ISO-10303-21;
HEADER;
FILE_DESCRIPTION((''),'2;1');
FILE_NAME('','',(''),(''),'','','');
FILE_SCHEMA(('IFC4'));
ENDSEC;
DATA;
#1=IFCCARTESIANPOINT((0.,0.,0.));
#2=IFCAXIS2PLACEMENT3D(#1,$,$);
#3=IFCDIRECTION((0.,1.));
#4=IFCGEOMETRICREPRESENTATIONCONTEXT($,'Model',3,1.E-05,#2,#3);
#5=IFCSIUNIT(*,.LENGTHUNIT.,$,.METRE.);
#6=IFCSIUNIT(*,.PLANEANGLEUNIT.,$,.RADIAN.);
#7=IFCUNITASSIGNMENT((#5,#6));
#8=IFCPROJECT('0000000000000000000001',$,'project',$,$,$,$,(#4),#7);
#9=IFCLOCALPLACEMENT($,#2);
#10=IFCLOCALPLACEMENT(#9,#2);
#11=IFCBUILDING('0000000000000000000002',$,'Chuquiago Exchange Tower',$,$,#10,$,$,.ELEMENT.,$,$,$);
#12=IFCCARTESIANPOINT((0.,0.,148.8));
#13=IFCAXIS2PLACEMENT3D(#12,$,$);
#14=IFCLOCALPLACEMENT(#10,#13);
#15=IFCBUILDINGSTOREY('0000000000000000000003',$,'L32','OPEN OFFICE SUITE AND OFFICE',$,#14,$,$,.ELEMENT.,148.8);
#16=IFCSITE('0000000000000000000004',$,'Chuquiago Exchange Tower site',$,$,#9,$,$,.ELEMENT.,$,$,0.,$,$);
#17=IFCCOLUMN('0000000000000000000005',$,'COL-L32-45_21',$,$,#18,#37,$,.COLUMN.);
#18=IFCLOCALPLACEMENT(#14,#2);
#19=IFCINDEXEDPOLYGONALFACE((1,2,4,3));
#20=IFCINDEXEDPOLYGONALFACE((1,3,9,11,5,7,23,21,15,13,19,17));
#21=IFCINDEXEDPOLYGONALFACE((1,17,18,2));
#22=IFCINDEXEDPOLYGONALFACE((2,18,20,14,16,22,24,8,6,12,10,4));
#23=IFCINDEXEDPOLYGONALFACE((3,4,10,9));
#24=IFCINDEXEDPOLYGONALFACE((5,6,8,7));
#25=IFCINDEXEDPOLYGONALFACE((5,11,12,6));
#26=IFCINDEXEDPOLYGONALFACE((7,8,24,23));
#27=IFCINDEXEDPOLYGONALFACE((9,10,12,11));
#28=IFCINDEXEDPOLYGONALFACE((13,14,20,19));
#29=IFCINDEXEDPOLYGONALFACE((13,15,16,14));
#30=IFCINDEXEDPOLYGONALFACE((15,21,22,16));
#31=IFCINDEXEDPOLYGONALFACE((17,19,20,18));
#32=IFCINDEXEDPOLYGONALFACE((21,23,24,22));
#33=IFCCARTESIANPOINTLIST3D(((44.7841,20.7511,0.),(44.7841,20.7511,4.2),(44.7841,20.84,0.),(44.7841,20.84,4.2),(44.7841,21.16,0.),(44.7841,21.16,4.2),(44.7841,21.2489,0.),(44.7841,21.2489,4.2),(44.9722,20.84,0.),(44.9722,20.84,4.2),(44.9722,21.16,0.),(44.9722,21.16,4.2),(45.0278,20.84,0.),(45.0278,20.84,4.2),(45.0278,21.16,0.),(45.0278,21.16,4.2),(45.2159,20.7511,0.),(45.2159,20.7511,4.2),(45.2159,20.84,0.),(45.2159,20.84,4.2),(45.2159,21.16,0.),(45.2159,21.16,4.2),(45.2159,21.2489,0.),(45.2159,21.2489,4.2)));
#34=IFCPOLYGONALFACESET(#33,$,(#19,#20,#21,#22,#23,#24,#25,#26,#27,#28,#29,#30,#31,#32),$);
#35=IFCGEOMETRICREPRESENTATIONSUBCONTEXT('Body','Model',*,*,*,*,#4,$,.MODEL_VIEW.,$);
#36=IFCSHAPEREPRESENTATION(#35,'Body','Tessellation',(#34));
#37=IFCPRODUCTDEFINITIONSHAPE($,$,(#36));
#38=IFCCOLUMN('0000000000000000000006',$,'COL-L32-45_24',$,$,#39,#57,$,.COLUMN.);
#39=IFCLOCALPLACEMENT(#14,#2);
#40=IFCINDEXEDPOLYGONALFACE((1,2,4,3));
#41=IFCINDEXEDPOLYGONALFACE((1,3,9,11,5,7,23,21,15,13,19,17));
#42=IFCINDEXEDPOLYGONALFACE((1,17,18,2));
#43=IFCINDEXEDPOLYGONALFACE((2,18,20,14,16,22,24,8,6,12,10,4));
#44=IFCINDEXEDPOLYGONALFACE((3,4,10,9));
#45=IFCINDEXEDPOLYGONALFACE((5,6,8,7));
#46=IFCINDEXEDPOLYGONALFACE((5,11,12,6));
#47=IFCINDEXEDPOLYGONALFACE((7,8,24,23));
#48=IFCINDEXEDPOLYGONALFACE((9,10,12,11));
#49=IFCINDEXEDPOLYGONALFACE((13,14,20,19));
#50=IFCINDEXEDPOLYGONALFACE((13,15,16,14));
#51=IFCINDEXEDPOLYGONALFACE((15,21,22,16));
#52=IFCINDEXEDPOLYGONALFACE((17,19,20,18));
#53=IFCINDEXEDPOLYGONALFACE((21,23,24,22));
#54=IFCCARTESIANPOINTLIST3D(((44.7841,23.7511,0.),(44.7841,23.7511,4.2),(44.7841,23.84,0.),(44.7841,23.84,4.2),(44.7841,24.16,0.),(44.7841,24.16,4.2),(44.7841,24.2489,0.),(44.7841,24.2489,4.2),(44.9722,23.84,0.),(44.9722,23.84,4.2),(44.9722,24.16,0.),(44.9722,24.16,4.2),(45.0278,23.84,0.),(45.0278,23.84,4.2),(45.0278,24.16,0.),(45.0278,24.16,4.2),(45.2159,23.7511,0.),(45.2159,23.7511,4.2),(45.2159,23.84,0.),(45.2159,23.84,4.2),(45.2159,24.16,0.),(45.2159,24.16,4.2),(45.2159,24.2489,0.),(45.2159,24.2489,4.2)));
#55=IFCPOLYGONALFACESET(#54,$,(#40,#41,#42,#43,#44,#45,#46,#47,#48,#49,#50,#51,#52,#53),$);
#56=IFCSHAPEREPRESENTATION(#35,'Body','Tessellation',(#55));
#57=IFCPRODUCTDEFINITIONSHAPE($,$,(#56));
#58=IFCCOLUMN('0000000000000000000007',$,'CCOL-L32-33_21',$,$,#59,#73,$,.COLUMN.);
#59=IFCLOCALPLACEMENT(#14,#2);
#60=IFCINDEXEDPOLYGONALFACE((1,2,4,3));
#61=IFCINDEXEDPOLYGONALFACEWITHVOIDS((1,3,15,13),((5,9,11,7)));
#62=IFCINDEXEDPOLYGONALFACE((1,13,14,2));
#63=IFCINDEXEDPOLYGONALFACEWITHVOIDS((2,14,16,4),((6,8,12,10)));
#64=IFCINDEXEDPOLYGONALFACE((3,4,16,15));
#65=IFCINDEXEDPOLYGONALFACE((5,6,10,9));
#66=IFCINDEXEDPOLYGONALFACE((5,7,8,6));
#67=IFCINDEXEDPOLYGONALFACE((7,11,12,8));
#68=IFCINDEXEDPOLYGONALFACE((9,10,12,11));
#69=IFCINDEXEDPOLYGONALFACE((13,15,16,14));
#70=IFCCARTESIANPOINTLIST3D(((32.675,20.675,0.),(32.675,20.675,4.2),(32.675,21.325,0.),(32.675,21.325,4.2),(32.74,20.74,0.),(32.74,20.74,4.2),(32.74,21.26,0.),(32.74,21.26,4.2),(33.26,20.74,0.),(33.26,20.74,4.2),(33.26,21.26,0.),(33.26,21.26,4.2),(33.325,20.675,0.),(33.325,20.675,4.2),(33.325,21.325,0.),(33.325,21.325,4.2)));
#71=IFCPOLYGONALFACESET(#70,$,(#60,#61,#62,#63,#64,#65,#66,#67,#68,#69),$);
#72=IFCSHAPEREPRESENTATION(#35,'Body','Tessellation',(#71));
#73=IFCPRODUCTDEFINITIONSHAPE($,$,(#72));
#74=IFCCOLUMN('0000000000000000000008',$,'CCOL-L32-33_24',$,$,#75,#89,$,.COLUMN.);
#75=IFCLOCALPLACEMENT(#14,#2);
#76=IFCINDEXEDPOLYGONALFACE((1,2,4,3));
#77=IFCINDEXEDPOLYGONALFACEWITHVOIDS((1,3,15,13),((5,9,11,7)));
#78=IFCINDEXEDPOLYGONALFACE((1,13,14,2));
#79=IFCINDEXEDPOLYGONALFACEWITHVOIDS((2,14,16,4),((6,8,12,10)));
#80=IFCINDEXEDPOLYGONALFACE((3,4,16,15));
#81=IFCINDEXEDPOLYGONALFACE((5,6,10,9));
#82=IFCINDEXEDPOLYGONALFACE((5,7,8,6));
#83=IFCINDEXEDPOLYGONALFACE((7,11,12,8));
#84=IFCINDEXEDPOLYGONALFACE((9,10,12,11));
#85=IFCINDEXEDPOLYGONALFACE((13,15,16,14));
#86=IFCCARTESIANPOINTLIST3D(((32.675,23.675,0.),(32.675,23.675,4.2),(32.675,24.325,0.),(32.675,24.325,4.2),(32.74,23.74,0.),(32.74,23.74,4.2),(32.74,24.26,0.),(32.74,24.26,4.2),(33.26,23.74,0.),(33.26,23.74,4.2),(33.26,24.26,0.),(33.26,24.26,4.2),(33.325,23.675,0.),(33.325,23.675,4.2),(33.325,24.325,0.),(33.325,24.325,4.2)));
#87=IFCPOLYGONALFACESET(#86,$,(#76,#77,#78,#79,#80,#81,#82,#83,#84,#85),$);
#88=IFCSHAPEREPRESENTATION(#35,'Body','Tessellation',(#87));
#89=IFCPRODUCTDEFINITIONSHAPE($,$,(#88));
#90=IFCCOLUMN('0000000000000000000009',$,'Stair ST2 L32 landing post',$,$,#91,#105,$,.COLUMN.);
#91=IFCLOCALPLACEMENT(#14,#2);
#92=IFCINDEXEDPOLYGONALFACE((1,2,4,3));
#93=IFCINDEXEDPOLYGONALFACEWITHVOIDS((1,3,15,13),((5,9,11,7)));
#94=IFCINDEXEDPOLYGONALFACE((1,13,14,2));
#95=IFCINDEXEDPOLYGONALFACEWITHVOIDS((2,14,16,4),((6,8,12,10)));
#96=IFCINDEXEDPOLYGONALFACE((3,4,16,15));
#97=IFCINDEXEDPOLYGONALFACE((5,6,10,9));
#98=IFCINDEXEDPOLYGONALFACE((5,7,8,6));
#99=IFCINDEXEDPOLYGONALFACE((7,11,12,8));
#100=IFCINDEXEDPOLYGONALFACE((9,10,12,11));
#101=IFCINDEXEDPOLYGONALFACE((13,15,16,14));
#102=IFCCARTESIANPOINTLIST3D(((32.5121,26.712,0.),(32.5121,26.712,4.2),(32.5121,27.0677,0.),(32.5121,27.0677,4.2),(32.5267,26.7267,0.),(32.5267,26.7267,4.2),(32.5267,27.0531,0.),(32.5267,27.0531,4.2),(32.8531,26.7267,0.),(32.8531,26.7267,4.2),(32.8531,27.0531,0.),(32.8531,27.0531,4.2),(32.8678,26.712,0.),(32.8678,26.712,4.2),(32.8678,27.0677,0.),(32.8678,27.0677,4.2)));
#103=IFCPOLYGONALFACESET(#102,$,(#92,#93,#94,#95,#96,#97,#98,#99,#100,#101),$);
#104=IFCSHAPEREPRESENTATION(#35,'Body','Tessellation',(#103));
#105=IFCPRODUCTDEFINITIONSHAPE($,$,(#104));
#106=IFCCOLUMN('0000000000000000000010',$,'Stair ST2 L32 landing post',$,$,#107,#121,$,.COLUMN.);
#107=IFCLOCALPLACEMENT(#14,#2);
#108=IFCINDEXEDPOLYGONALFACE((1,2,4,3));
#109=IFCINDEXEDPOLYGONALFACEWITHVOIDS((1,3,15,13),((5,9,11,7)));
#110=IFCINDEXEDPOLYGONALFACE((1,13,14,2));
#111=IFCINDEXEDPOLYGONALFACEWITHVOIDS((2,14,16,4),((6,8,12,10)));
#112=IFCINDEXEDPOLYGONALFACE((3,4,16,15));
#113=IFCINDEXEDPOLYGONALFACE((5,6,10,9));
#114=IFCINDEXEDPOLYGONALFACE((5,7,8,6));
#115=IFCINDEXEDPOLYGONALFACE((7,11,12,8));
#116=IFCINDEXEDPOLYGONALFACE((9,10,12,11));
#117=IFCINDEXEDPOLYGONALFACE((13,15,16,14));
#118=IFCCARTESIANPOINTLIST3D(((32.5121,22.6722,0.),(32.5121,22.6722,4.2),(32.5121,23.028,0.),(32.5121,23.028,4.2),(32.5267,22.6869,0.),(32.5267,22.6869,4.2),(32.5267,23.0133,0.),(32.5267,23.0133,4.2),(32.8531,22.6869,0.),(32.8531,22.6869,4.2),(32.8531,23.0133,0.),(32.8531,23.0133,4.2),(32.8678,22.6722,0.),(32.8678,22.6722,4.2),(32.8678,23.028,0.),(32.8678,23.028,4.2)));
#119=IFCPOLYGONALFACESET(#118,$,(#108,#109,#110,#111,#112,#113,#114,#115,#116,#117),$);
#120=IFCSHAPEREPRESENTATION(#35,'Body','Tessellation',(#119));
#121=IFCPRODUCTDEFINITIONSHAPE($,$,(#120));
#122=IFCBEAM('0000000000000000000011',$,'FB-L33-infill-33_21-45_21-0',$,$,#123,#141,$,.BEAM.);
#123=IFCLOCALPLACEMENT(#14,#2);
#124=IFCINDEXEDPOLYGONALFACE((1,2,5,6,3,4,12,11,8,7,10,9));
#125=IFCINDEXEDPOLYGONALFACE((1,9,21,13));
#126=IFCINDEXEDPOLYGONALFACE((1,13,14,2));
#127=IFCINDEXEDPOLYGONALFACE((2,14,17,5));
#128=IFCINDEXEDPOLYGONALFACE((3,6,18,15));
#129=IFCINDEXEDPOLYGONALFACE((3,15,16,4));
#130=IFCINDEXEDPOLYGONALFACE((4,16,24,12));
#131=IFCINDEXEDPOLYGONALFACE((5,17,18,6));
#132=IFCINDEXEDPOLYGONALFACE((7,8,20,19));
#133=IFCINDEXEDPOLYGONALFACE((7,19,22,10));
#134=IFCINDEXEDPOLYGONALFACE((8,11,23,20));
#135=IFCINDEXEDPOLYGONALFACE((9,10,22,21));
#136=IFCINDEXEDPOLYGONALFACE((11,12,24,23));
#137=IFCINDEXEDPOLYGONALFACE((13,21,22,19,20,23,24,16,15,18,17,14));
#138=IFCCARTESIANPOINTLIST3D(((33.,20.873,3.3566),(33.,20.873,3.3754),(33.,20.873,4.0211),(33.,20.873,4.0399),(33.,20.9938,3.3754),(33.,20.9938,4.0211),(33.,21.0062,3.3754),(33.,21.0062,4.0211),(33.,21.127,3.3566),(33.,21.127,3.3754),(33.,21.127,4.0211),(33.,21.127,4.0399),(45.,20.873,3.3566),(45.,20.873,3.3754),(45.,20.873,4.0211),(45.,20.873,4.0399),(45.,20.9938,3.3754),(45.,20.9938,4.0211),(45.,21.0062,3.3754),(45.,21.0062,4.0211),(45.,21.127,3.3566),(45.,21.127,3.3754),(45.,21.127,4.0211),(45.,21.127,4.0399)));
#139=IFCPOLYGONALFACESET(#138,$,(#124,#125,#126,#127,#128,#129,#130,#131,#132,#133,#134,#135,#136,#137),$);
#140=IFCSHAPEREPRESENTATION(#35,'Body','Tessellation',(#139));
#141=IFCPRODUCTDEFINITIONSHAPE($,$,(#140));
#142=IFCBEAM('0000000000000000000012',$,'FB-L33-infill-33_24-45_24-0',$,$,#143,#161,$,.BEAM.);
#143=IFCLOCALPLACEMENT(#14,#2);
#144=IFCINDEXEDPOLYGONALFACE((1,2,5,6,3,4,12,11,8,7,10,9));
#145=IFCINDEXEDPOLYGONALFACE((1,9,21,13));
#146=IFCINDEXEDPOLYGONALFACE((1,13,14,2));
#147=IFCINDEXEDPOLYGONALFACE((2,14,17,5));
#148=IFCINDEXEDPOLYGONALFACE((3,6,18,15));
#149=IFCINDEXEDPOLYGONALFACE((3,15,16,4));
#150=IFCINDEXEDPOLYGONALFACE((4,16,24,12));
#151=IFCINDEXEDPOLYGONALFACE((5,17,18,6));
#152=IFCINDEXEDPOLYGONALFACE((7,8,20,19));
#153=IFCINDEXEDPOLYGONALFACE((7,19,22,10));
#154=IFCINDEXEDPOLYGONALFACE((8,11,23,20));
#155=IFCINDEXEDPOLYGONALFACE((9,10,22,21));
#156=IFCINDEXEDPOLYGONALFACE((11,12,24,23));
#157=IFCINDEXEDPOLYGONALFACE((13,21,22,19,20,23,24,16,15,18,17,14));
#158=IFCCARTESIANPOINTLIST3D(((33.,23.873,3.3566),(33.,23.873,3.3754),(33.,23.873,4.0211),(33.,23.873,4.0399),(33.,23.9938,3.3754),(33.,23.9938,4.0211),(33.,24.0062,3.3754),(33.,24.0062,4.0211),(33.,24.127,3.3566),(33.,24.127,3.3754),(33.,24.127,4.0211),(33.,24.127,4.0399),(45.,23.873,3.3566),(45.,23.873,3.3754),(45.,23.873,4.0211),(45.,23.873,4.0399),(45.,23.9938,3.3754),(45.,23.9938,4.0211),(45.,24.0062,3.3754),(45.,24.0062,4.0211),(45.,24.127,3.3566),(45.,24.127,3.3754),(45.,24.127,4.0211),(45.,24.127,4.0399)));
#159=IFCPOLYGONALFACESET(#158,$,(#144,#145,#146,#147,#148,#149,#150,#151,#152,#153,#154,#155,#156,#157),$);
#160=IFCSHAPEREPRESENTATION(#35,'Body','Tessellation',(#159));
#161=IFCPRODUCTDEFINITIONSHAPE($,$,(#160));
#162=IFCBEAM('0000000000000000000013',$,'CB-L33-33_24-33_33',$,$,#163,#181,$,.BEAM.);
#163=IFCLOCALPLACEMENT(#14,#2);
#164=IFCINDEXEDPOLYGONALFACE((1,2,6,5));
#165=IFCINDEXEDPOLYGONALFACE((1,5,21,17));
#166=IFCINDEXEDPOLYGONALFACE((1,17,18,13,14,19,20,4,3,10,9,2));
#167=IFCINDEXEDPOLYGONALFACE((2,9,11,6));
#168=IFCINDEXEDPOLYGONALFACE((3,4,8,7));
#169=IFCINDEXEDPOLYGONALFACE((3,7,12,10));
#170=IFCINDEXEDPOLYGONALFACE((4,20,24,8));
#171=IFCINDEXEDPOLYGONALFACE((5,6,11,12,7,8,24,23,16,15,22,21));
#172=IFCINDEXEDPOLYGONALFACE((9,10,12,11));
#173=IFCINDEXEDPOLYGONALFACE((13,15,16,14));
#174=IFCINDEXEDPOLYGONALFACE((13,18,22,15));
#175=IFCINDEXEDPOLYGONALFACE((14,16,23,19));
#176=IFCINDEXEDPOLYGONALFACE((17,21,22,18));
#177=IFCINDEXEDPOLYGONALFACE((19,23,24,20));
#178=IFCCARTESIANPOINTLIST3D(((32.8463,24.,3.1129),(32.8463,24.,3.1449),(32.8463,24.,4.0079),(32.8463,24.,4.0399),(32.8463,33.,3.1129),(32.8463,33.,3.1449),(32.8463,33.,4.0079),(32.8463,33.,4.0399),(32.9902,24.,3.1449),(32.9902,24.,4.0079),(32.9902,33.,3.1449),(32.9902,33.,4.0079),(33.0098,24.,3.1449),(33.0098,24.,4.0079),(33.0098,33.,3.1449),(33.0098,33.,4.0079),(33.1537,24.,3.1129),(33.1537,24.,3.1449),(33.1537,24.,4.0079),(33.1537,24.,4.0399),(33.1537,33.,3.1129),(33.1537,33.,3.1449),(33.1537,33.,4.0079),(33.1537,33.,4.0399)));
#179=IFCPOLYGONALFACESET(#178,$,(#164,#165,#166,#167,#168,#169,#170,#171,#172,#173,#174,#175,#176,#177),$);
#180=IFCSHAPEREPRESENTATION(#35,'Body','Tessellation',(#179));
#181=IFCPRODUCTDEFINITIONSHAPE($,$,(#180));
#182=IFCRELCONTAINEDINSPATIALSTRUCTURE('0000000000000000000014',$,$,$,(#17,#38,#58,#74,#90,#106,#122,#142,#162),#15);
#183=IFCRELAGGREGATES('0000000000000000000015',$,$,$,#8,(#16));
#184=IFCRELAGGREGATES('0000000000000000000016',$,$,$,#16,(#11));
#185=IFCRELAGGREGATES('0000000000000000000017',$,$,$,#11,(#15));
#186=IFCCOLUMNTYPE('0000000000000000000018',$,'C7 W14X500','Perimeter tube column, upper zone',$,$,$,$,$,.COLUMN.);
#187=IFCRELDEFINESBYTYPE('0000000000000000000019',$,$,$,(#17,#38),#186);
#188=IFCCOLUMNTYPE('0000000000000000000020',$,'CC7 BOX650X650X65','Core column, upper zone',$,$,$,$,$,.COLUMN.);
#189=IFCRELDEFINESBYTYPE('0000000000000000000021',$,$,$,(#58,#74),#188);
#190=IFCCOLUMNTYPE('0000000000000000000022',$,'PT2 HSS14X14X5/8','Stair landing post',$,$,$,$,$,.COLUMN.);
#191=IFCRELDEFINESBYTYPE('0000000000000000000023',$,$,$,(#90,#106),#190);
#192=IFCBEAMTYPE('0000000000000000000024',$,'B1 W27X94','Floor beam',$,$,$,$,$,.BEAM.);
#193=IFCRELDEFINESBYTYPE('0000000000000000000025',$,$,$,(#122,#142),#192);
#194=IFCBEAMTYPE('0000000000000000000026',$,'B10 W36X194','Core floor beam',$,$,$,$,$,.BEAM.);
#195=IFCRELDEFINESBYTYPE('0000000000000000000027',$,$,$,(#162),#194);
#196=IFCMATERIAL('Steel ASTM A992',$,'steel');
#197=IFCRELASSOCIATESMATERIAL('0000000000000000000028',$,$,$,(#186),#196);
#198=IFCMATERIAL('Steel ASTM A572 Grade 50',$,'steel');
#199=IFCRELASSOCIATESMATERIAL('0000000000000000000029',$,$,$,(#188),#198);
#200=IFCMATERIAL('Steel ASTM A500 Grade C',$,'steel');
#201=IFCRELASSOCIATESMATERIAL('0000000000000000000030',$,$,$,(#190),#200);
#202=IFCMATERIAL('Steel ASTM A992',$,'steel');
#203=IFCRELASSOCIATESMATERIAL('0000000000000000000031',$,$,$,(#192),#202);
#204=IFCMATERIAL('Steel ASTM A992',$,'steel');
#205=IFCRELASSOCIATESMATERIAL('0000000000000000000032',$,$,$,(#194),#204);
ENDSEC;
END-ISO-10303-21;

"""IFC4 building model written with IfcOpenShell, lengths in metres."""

from ifc_helpers import new_model, si_unit, direction, frame, origin, origin_2d, place, context, subcontext, project, spatial, hollow_rectangle, i_section, extrude, material, material_profile, profile_set, type_object, element, save


model = new_model("IFC4")

# Units and contexts
model_context = context("Model", 3, precision=1e-05, world=origin(), true_north=direction((0.0, 1.0)))
body_context = subcontext(model_context, "Body", "Model", "MODEL_VIEW")
ifc_project = project(units=[si_unit("LENGTHUNIT", "METRE"), si_unit("PLANEANGLEUNIT", "RADIAN")], contexts=[model_context])

# Site, building, storey
site_placement = place(None, origin())
site = spatial("IfcSite", under=ifc_project, at=site_placement, Name="Chuquiago Exchange Tower site", CompositionType="ELEMENT", RefElevation=0.0)
building_placement = place(site_placement, origin())
building = spatial("IfcBuilding", under=site, at=building_placement, Name="Chuquiago Exchange Tower", CompositionType="ELEMENT")
storey_placement = place(building_placement, frame((0.0, 0.0, 148.8)))
storey = spatial("IfcBuildingStorey", under=building, at=storey_placement, Name="L32", Description="OPEN OFFICE SUITE AND OFFICE", CompositionType="ELEMENT", Elevation=148.8)

# Columns
ifc_material_1 = material(Name="Steel ASTM A992", Category="steel")
ifc_material_profile_1 = material_profile(ifc_material_1, i_section(OverallWidth=0.4319, OverallDepth=0.4978, WebThickness=0.0557, FlangeThickness=0.0889, at=origin_2d()), Name="W14X500")
ifc_profile_set_1 = profile_set([ifc_material_profile_1], Name="Steel ASTM A992")
column_type_1 = type_object("IfcColumnType", Name="C7 W14X500", Description="Perimeter tube column, upper zone", PredefinedType="COLUMN", material=ifc_profile_set_1)
for number, where, z_axis, x_axis, name in (
    (1, (45.0, 21.0, 0.0), (0.0, 0.0, 1.0), (1.0, 0.0, 0.0), "COL-L32-45_21"),
    (2, (45.0, 24.0, 0.0), (0.0, 0.0, 1.0), (1.0, 0.0, 0.0), "COL-L32-45_24"),
):
    element("IfcColumn", number, at=place(storey_placement, frame(where, z_axis=z_axis, x_axis=x_axis)), inside=storey, type_object=column_type_1, Name=name, PredefinedType="COLUMN", context=body_context, shape_type="SweptSolid", body=[
        extrude(i_section(OverallWidth=0.4319, OverallDepth=0.4978, WebThickness=0.0557, FlangeThickness=0.0889, at=origin_2d()), origin(), (0.0, 0.0, 1.0), 4.2),
    ])
ifc_material_2 = material(Name="Steel ASTM A572 Grade 50", Category="steel")
ifc_material_profile_2 = material_profile(ifc_material_2, hollow_rectangle(XDim=0.6499, YDim=0.6499, WallThickness=0.0649, at=origin_2d()), Name="BOX650X650X65")
ifc_profile_set_2 = profile_set([ifc_material_profile_2], Name="Steel ASTM A572 Grade 50")
column_type_2 = type_object("IfcColumnType", Name="CC7 BOX650X650X65", Description="Core column, upper zone", PredefinedType="COLUMN", material=ifc_profile_set_2)
for number, where, z_axis, x_axis, name in (
    (3, (33.0, 21.0, 0.0), (0.0, 0.0, 1.0), (1.0, 0.0, 0.0), "CCOL-L32-33_21"),
    (4, (33.0, 24.0, 0.0), (0.0, 0.0, 1.0), (1.0, 0.0, 0.0), "CCOL-L32-33_24"),
):
    element("IfcColumn", number, at=place(storey_placement, frame(where, z_axis=z_axis, x_axis=x_axis)), inside=storey, type_object=column_type_2, Name=name, PredefinedType="COLUMN", context=body_context, shape_type="SweptSolid", body=[
        extrude(hollow_rectangle(XDim=0.6499, YDim=0.6499, WallThickness=0.0649, at=origin_2d()), origin(), (0.0, 0.0, 1.0), 4.2),
    ])
ifc_material_3 = material(Name="Steel ASTM A500 Grade C", Category="steel")
ifc_material_profile_3 = material_profile(ifc_material_3, hollow_rectangle(XDim=0.3557, YDim=0.3557, WallThickness=0.0146, at=origin_2d()), Name="HSS14X14X5/8")
ifc_profile_set_3 = profile_set([ifc_material_profile_3], Name="Steel ASTM A500 Grade C")
column_type_3 = type_object("IfcColumnType", Name="PT2 HSS14X14X5/8", Description="Stair landing post", PredefinedType="COLUMN", material=ifc_profile_set_3)
for number, where, z_axis, x_axis, name in (
    (5, (32.6899, 26.8899, 0.0), (0.0, 0.0, 1.0), (1.0, 0.0, 0.0), "Stair ST2 L32 landing post"),
    (6, (32.6899, 22.8501, 0.0), (0.0, 0.0, 1.0), (1.0, 0.0, 0.0), "Stair ST2 L32 landing post"),
):
    element("IfcColumn", number, at=place(storey_placement, frame(where, z_axis=z_axis, x_axis=x_axis)), inside=storey, type_object=column_type_3, Name=name, PredefinedType="COLUMN", context=body_context, shape_type="SweptSolid", body=[
        extrude(hollow_rectangle(XDim=0.3557, YDim=0.3557, WallThickness=0.0146, at=origin_2d()), origin(), (0.0, 0.0, 1.0), 4.2),
    ])

# Beams
ifc_material_4 = material(Name="Steel ASTM A992", Category="steel")
ifc_material_profile_4 = material_profile(ifc_material_4, i_section(OverallWidth=0.2539, OverallDepth=0.6833, WebThickness=0.0125, FlangeThickness=0.0188, at=origin_2d()), Name="W27X94")
ifc_profile_set_4 = profile_set([ifc_material_profile_4], Name="Steel ASTM A992")
beam_type_1 = type_object("IfcBeamType", Name="B1 W27X94", Description="Floor beam", PredefinedType="BEAM", material=ifc_profile_set_4)
for number, where, z_axis, x_axis, name in (
    (7, (33.0, 21.0, 3.6982), (1.0, 0.0, 0.0), (0.0, 1.0, 0.0), "FB-L33-infill-33_21-45_21-0"),
    (8, (33.0, 24.0, 3.6982), (1.0, 0.0, 0.0), (0.0, 1.0, 0.0), "FB-L33-infill-33_24-45_24-0"),
):
    element("IfcBeam", number, at=place(storey_placement, frame(where, z_axis=z_axis, x_axis=x_axis)), inside=storey, type_object=beam_type_1, Name=name, PredefinedType="BEAM", context=body_context, shape_type="SweptSolid", body=[
        extrude(i_section(OverallWidth=0.2539, OverallDepth=0.6833, WebThickness=0.0125, FlangeThickness=0.0188, at=origin_2d()), origin(), (0.0, 0.0, 1.0), 12.0),
    ])
ifc_material_5 = material(Name="Steel ASTM A992", Category="steel")
ifc_material_profile_5 = material_profile(ifc_material_5, i_section(OverallWidth=0.3074, OverallDepth=0.927, WebThickness=0.0195, FlangeThickness=0.032, at=origin_2d()), Name="W36X194")
ifc_profile_set_5 = profile_set([ifc_material_profile_5], Name="Steel ASTM A992")
beam_type_2 = type_object("IfcBeamType", Name="B10 W36X194", Description="Core floor beam", PredefinedType="BEAM", material=ifc_profile_set_5)
beam_1_placement = place(storey_placement, frame((33.0, 24.0, 3.5764), z_axis=(0.0, 1.0, 0.0), x_axis=(-1.0, 0.0, 0.0)))
element("IfcBeam", 9, at=beam_1_placement, inside=storey, type_object=beam_type_2, Name="CB-L33-33_24-33_33", PredefinedType="BEAM", context=body_context, shape_type="SweptSolid", body=[
    extrude(i_section(OverallWidth=0.3074, OverallDepth=0.927, WebThickness=0.0195, FlangeThickness=0.032, at=origin_2d()), origin(), (0.0, 0.0, 1.0), 9.0),
])

save(model, "model.ifc")
